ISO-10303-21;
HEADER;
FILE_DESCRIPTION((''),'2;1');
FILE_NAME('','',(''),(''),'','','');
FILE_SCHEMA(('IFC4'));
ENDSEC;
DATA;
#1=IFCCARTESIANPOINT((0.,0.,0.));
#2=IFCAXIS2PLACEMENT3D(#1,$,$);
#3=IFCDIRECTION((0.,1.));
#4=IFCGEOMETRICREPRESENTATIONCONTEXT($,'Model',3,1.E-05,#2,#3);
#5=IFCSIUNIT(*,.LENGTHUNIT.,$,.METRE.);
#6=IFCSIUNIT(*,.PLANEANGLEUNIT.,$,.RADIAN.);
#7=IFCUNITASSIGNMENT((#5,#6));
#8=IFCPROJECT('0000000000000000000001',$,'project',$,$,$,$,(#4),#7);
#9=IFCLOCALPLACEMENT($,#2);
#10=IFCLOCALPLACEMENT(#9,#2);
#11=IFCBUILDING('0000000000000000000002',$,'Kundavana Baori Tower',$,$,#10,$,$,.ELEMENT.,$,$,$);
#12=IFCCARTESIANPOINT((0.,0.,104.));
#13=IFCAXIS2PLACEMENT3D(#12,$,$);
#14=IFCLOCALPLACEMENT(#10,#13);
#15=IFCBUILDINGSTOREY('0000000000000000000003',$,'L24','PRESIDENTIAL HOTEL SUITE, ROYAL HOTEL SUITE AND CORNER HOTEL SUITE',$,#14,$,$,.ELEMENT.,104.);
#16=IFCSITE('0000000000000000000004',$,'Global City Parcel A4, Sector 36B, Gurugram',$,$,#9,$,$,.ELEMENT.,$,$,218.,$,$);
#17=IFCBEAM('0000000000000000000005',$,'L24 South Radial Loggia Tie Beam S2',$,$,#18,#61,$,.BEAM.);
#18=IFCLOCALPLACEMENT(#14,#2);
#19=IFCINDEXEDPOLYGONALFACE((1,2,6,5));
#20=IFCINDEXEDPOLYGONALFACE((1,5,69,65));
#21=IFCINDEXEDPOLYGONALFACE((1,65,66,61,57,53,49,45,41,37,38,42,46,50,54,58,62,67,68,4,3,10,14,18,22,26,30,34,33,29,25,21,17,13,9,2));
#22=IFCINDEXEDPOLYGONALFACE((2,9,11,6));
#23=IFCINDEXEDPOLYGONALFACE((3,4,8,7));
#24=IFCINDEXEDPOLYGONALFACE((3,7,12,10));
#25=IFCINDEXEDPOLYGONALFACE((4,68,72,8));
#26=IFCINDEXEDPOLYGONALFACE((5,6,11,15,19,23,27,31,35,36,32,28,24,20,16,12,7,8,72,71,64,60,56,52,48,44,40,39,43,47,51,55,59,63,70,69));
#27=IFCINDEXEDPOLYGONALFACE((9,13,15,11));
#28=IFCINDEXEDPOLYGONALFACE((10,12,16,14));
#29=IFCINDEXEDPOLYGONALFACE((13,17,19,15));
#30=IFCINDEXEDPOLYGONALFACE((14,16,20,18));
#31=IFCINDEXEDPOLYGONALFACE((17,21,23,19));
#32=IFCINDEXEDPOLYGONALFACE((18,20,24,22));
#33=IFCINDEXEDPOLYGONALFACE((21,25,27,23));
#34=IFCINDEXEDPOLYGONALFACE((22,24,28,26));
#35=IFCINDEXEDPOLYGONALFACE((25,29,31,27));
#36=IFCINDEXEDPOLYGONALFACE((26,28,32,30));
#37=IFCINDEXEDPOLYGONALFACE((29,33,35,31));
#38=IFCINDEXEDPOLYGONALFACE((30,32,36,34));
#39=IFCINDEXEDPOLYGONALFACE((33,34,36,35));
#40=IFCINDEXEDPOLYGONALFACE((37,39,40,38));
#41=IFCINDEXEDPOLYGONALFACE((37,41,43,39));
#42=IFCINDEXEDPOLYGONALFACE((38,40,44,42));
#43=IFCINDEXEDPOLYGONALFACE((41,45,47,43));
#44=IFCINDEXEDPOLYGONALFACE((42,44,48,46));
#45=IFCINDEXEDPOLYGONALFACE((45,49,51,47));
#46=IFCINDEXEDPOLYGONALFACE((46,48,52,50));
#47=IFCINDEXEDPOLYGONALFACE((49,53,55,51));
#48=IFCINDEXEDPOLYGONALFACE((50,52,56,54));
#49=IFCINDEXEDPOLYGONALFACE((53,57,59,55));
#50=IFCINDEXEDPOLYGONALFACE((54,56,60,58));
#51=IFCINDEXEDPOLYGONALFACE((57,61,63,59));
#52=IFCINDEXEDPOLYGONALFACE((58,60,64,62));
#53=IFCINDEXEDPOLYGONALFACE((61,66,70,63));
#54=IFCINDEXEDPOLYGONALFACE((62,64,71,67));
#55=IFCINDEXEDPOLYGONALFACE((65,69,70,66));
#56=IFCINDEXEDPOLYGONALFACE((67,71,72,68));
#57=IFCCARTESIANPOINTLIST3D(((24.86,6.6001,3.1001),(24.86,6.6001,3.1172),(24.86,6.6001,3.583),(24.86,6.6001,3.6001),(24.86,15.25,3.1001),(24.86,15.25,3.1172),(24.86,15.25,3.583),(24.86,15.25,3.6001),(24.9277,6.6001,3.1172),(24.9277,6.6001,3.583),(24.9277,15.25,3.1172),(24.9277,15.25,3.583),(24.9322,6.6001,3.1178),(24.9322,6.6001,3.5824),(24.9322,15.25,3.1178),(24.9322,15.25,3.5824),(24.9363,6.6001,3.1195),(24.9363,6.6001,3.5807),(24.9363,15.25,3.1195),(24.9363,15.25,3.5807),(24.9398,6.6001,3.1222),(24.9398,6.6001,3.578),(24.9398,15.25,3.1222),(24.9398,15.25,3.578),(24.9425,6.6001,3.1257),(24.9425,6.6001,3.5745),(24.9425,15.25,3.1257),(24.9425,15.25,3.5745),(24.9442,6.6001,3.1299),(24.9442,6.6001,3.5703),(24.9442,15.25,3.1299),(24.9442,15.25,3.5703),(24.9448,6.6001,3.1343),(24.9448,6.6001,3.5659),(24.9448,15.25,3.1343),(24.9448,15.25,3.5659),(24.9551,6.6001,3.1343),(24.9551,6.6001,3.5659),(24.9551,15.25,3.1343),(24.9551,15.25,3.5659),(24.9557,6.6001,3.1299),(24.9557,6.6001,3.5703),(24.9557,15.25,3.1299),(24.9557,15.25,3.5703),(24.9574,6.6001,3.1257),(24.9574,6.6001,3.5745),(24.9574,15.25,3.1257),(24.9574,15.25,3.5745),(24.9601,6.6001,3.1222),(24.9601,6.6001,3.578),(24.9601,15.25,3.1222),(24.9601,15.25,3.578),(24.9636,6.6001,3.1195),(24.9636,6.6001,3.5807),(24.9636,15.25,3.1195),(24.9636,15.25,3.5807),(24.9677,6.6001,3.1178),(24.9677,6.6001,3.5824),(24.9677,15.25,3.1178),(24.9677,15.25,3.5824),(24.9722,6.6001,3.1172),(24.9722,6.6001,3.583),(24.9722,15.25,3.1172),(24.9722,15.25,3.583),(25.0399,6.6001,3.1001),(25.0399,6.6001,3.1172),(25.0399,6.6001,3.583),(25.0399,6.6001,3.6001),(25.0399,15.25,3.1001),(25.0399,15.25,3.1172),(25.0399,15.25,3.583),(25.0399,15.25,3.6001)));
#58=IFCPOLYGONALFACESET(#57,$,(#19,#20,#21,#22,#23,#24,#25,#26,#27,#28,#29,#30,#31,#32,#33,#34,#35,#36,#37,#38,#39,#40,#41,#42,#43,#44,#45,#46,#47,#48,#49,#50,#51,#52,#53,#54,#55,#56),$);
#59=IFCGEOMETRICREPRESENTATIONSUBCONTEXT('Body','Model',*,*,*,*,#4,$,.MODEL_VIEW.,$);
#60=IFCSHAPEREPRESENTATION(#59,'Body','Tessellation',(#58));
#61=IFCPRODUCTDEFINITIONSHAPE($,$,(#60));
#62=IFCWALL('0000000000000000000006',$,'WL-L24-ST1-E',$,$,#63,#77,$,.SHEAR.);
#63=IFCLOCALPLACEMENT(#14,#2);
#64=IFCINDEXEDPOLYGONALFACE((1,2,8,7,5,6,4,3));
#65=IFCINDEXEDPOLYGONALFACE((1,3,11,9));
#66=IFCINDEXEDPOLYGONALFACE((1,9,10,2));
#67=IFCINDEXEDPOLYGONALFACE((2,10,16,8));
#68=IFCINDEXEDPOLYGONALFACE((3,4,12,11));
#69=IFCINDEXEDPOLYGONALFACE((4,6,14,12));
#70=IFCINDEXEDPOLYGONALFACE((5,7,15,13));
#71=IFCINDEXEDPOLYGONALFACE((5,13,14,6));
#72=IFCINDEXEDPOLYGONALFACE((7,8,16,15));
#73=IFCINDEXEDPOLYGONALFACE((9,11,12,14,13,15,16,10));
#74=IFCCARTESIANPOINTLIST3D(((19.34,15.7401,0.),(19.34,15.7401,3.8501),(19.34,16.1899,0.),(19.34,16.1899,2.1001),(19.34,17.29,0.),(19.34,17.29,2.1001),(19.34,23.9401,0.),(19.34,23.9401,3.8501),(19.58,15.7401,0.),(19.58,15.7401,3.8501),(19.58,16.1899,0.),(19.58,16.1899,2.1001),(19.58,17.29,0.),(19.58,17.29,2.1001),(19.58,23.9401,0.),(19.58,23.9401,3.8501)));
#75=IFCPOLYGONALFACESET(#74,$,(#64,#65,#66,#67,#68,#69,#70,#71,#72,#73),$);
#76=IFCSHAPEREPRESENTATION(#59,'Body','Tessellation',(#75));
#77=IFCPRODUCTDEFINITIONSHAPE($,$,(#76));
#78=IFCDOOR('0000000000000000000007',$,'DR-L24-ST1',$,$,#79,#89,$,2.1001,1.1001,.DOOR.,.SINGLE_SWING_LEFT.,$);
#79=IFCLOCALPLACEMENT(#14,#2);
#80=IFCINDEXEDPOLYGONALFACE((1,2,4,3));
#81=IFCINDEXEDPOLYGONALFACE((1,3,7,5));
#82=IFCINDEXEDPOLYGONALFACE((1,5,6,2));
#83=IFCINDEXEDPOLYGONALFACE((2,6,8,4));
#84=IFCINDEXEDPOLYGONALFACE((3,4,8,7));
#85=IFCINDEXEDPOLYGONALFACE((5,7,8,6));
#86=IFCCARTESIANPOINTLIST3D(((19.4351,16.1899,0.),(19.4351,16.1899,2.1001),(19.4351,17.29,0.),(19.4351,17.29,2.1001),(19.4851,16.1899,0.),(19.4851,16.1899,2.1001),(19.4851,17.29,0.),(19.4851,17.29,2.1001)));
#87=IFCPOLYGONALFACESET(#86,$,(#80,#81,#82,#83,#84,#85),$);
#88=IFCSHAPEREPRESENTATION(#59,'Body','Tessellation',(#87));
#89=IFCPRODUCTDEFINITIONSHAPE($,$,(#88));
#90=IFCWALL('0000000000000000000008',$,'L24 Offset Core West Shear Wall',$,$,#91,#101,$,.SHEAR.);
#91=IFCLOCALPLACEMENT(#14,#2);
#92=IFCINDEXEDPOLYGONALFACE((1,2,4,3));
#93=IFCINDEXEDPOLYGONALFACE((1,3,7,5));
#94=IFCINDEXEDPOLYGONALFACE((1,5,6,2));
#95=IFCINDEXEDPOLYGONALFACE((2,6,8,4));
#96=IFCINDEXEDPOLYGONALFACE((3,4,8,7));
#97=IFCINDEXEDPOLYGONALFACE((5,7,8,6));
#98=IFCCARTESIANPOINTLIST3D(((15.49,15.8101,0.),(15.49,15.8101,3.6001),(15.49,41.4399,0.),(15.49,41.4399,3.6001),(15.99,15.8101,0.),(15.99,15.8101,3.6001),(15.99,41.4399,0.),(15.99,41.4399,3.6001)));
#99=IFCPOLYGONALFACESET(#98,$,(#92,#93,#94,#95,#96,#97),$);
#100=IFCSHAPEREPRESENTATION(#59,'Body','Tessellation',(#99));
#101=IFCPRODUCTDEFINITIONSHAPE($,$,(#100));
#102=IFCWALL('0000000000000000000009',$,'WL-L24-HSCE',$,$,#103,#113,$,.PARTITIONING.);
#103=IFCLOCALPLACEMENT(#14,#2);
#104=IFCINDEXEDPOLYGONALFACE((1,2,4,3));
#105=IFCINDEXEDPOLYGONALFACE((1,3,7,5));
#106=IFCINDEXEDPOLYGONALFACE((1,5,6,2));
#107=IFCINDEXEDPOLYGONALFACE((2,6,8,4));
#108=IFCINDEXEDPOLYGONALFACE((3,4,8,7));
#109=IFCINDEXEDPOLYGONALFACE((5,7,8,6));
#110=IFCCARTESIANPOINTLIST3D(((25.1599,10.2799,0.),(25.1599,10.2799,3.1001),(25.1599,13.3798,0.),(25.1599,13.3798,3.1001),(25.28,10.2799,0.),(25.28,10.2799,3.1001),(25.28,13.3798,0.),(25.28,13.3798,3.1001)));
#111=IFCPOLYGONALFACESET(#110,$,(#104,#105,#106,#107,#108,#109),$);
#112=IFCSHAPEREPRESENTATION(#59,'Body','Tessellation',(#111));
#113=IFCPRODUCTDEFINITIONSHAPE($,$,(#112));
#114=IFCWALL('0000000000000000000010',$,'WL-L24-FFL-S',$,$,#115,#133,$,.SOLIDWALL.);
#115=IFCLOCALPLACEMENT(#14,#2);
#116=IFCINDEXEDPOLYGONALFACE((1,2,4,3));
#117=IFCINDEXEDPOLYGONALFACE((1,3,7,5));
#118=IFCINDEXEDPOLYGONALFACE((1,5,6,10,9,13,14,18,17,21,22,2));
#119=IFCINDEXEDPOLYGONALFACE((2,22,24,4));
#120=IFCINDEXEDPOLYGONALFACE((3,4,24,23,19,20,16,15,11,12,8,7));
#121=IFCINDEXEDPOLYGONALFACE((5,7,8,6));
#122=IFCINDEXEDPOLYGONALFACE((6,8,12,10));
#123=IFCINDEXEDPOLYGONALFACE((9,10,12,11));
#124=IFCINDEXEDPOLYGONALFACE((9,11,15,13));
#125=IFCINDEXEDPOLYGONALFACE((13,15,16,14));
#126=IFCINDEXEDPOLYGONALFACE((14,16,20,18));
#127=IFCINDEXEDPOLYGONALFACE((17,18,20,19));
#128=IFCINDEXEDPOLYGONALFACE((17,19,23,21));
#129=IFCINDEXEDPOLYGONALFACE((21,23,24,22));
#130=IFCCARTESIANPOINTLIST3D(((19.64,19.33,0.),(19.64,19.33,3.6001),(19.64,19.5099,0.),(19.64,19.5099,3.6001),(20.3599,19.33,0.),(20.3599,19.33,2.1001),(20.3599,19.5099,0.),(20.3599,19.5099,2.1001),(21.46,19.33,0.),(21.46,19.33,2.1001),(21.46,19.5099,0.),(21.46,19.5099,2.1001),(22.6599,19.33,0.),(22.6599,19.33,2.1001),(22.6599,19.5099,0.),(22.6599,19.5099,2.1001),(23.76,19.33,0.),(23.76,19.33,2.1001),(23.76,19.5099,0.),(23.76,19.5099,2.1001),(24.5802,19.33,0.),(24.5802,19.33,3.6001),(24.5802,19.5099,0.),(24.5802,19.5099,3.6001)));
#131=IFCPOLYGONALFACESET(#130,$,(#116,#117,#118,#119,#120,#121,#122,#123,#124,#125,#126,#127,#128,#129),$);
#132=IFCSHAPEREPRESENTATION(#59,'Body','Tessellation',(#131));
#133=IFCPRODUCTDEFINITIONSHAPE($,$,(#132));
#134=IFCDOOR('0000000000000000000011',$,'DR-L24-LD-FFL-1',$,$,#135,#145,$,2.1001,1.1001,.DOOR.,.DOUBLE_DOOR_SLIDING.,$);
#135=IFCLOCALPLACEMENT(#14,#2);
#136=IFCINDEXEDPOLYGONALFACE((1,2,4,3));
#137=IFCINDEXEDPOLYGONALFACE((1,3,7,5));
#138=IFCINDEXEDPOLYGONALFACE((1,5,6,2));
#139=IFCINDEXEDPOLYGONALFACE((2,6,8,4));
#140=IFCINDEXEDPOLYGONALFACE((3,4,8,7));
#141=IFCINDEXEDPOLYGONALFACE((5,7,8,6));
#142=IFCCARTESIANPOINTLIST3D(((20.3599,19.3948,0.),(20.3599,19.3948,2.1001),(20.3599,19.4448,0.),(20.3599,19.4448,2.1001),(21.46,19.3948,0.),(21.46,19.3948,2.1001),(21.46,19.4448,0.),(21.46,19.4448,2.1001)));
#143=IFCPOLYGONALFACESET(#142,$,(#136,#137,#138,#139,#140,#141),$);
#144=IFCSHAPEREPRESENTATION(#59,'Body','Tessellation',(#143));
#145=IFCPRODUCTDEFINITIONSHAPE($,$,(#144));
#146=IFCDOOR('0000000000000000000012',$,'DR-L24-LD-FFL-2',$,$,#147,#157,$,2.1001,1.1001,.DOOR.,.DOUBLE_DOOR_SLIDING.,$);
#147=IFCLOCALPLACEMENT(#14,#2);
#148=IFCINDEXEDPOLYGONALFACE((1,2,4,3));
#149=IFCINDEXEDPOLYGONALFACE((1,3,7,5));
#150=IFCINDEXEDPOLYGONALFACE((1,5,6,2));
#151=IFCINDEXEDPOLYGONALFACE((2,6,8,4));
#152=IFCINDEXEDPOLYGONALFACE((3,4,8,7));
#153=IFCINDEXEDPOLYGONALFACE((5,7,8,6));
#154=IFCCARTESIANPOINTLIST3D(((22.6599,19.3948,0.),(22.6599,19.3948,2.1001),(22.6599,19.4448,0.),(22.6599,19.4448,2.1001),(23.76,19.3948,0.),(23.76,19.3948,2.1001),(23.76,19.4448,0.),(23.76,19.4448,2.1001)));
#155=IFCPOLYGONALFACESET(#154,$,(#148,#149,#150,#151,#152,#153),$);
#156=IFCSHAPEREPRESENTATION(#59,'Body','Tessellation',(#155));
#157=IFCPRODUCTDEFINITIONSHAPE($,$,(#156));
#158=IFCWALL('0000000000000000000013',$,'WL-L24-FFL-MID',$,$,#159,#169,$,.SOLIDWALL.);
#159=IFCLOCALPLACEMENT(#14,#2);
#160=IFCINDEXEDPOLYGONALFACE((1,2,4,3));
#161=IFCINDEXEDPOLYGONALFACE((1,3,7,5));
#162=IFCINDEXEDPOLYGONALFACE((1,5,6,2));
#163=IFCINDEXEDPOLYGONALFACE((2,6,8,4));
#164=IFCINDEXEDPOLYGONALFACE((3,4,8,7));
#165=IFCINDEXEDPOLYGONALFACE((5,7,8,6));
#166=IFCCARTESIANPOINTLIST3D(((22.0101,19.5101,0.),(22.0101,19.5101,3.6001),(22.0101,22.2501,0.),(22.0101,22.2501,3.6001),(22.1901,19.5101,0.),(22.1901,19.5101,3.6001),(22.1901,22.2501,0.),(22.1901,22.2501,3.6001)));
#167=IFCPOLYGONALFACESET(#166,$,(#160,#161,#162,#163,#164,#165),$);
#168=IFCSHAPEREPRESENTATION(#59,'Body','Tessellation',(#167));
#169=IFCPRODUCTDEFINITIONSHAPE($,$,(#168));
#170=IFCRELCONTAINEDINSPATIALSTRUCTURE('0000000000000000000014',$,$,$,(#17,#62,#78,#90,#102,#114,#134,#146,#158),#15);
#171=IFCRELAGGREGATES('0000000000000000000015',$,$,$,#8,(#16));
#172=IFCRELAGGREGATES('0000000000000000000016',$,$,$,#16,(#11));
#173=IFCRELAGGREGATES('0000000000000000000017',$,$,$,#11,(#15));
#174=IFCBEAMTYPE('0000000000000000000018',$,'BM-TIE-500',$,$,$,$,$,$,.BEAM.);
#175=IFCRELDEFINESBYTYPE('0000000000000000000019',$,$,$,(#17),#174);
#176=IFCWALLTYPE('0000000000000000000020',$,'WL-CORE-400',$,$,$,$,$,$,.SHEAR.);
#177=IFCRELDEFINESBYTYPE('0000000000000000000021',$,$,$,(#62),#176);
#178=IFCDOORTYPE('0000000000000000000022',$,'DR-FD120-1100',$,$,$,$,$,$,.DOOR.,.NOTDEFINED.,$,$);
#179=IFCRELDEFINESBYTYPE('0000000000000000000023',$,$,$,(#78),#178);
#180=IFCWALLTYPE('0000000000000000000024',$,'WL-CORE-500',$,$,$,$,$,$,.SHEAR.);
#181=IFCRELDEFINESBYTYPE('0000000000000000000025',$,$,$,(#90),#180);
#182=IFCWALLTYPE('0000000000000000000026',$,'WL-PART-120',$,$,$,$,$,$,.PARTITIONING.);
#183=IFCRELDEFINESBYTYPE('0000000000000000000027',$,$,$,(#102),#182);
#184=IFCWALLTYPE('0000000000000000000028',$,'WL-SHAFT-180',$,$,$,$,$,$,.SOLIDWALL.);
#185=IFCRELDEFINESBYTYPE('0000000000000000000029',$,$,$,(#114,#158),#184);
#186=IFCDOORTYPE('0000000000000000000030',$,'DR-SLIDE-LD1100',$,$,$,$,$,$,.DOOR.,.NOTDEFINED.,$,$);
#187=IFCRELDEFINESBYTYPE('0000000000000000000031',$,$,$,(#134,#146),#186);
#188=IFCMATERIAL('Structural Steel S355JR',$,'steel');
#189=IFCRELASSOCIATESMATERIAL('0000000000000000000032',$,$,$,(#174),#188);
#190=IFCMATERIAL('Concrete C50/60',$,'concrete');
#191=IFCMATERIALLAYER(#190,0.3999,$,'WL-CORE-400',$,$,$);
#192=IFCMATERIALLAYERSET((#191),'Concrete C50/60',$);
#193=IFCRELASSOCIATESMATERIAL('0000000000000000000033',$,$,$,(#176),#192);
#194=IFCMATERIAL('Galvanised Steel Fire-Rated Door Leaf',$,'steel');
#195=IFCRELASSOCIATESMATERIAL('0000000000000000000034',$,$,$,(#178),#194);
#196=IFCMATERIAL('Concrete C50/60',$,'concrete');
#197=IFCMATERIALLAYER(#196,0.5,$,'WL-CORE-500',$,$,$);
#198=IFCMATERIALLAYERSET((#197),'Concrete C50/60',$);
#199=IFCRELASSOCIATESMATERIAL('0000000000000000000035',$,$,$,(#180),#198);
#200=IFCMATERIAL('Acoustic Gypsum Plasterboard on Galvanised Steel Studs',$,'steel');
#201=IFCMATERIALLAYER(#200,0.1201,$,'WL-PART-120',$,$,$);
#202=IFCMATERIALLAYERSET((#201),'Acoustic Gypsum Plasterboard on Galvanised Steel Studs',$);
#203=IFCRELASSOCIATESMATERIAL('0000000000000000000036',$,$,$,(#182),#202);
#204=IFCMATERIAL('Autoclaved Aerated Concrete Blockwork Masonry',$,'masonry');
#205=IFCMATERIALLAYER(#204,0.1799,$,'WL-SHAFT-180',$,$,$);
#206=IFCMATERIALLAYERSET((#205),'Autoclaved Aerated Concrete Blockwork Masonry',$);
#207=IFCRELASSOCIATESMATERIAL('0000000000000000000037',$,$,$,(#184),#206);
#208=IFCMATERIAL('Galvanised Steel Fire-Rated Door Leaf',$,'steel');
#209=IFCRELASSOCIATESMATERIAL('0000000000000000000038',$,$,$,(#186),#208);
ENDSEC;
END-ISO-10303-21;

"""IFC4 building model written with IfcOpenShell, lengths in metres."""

from ifc_helpers import new_model, si_unit, direction, frame, frame_2d, origin, origin_2d, place, context, subcontext, project, spatial, rectangle, i_section, extrude, material, layer, layer_set, material_profile, profile_set, type_object, element, fill, save


model = new_model("IFC4")

# Units and contexts
model_context = context("Model", 3, precision=1e-05, world=origin(), true_north=direction((0.0, 1.0)))
body_context = subcontext(model_context, "Body", "Model", "MODEL_VIEW")
ifc_project = project(units=[si_unit("LENGTHUNIT", "METRE"), si_unit("PLANEANGLEUNIT", "RADIAN")], contexts=[model_context])

# Site, building, storey
site_placement = place(None, origin())
site = spatial("IfcSite", under=ifc_project, at=site_placement, Name="Global City Parcel A4, Sector 36B, Gurugram", CompositionType="ELEMENT", RefElevation=218.0)
building_placement = place(site_placement, origin())
building = spatial("IfcBuilding", under=site, at=building_placement, Name="Kundavana Baori Tower", CompositionType="ELEMENT")
storey_placement = place(building_placement, frame((0.0, 0.0, 104.0)))
storey = spatial("IfcBuildingStorey", under=building, at=storey_placement, Name="L24", Description="PRESIDENTIAL HOTEL SUITE, ROYAL HOTEL SUITE AND CORNER HOTEL SUITE", CompositionType="ELEMENT", Elevation=104.0)

# Beam
ifc_material_1 = material(Name="Structural Steel S355JR", Category="steel")
ifc_material_profile_1 = material_profile(ifc_material_1, i_section(OverallWidth=0.1799, OverallDepth=0.5, WebThickness=0.0103, FlangeThickness=0.0171, FilletRadius=0.0171, at=origin_2d()), Name="ISMB 500")
ifc_profile_set_1 = profile_set([ifc_material_profile_1], Name="Structural Steel S355JR")
beam_type_1 = type_object("IfcBeamType", Name="BM-TIE-500", PredefinedType="BEAM", material=ifc_profile_set_1)
beam_1_placement = place(storey_placement, frame((24.95, 15.25, 3.3501), z_axis=(0.0, -1.0, 0.0), x_axis=(1.0, 0.0, 0.0)))
element("IfcBeam", 1, at=beam_1_placement, inside=storey, type_object=beam_type_1, Name="L24 South Radial Loggia Tie Beam S2", PredefinedType="BEAM", context=body_context, shape_type="SweptSolid", body=[
    extrude(i_section(OverallWidth=0.1799, OverallDepth=0.5, WebThickness=0.0103, FlangeThickness=0.0171, FilletRadius=0.0171, at=origin_2d()), origin(), (0.0, 0.0, 1.0), 8.6499),
])

# Wall, opening, door
ifc_material_2 = material(Name="Concrete C50/60", Category="concrete")
ifc_layer_1 = layer(ifc_material_2, 0.3999, Name="WL-CORE-400")
ifc_layer_set_1 = layer_set([ifc_layer_1], Name="Concrete C50/60")
wall_type_1 = type_object("IfcWallType", Name="WL-CORE-400", PredefinedType="SHEAR", material=ifc_layer_set_1)
wall_1_placement = place(storey_placement, frame((19.46, 15.74, 0.0), z_axis=(0.0, 0.0, 1.0), x_axis=(0.0, 1.0, 0.0)))
wall_1 = element("IfcWall", 2, at=wall_1_placement, inside=storey, type_object=wall_type_1, Name="WL-L24-ST1-E", PredefinedType="SHEAR", context=body_context, shape_type="SweptSolid", body=[
    extrude(rectangle(XDim=8.2, YDim=0.24, at=frame_2d((4.1001, 0.0))), origin(), (0.0, 0.0, 1.0), 3.8501),
])
opening_1_placement = place(wall_1_placement, frame((0.45, 0.0, 0.0)))
opening_1 = element("IfcOpeningElement", 3, at=opening_1_placement, cuts=wall_1, PredefinedType="OPENING", context=body_context, shape_type="SweptSolid", body=[
    extrude(rectangle(XDim=1.1001, YDim=2.1001, at=frame_2d((0.55, 1.05))), frame((0.0, 0.1299, 0.0), z_axis=(0.0, -1.0, 0.0), x_axis=(1.0, 0.0, 0.0)), (0.0, 0.0, 1.0), 0.26),
])
ifc_material_3 = material(Name="Galvanised Steel Fire-Rated Door Leaf", Category="steel")
door_type_1 = type_object("IfcDoorType", Name="DR-FD120-1100", OperationType="NOTDEFINED", PredefinedType="DOOR", material=ifc_material_3)
door_1_placement = place(opening_1_placement, origin())
door_1 = element("IfcDoor", 4, at=door_1_placement, inside=storey, type_object=door_type_1, Name="DR-L24-ST1", OperationType="SINGLE_SWING_LEFT", OverallHeight=2.1001, OverallWidth=1.1001, PredefinedType="DOOR", context=body_context, shape_type="SweptSolid", body=[
    extrude(rectangle(XDim=1.1001, YDim=2.1001, at=frame_2d((0.55, 1.05))), frame((0.0, 0.0249, 0.0), z_axis=(0.0, -1.0, 0.0), x_axis=(1.0, 0.0, 0.0)), (0.0, 0.0, 1.0), 0.05),
])
fill(opening_1, door_1)

# Wall
ifc_material_4 = material(Name="Concrete C50/60", Category="concrete")
ifc_layer_2 = layer(ifc_material_4, 0.5, Name="WL-CORE-500")
ifc_layer_set_2 = layer_set([ifc_layer_2], Name="Concrete C50/60")
wall_type_2 = type_object("IfcWallType", Name="WL-CORE-500", PredefinedType="SHEAR", material=ifc_layer_set_2)
wall_2_placement = place(storey_placement, frame((15.74, 15.8101, 0.0), z_axis=(0.0, 0.0, 1.0), x_axis=(0.0, 1.0, 0.0)))
element("IfcWall", 5, at=wall_2_placement, inside=storey, type_object=wall_type_2, Name="L24 Offset Core West Shear Wall", PredefinedType="SHEAR", context=body_context, shape_type="SweptSolid", body=[
    extrude(rectangle(XDim=25.6299, YDim=0.5, at=frame_2d((12.8149, 0.0))), origin(), (0.0, 0.0, 1.0), 3.6001),
])

# Wall
ifc_material_5 = material(Name="Acoustic Gypsum Plasterboard on Galvanised Steel Studs", Category="steel")
ifc_layer_3 = layer(ifc_material_5, 0.1201, Name="WL-PART-120")
ifc_layer_set_3 = layer_set([ifc_layer_3], Name="Acoustic Gypsum Plasterboard on Galvanised Steel Studs")
wall_type_3 = type_object("IfcWallType", Name="WL-PART-120", PredefinedType="PARTITIONING", material=ifc_layer_set_3)
wall_3_placement = place(storey_placement, frame((25.22, 10.28, 0.0), z_axis=(0.0, 0.0, 1.0), x_axis=(0.0, 1.0, 0.0)))
element("IfcWall", 6, at=wall_3_placement, inside=storey, type_object=wall_type_3, Name="WL-L24-HSCE", PredefinedType="PARTITIONING", context=body_context, shape_type="SweptSolid", body=[
    extrude(rectangle(XDim=3.0999, YDim=0.1201, at=frame_2d((1.5498, 0.0))), origin(), (0.0, 0.0, 1.0), 3.1001),
])

# Wall, openings, doors
ifc_material_6 = material(Name="Autoclaved Aerated Concrete Blockwork Masonry", Category="masonry")
ifc_layer_4 = layer(ifc_material_6, 0.1799, Name="WL-SHAFT-180")
ifc_layer_set_4 = layer_set([ifc_layer_4], Name="Autoclaved Aerated Concrete Blockwork Masonry")
wall_type_4 = type_object("IfcWallType", Name="WL-SHAFT-180", PredefinedType="SOLIDWALL", material=ifc_layer_set_4)
wall_4_placement = place(storey_placement, frame((19.6399, 19.4199, 0.0), z_axis=(0.0, 0.0, 1.0), x_axis=(1.0, 0.0, 0.0)))
wall_4 = element("IfcWall", 7, at=wall_4_placement, inside=storey, type_object=wall_type_4, Name="WL-L24-FFL-S", PredefinedType="SOLIDWALL", context=body_context, shape_type="SweptSolid", body=[
    extrude(rectangle(XDim=4.9402, YDim=0.1799, at=frame_2d((2.4702, 0.0))), origin(), (0.0, 0.0, 1.0), 3.6001),
])
opening_2_placement = place(wall_4_placement, frame((0.72, 0.0, 0.0)))
opening_2 = element("IfcOpeningElement", 8, at=opening_2_placement, cuts=wall_4, PredefinedType="OPENING", context=body_context, shape_type="SweptSolid", body=[
    extrude(rectangle(XDim=1.1001, YDim=2.1001, at=frame_2d((0.55, 1.05))), frame((0.0, 0.1001, 0.0), z_axis=(0.0, -1.0, 0.0), x_axis=(1.0, 0.0, 0.0)), (0.0, 0.0, 1.0), 0.2),
])
opening_3_placement = place(wall_4_placement, frame((3.02, 0.0, 0.0)))
opening_3 = element("IfcOpeningElement", 9, at=opening_3_placement, cuts=wall_4, PredefinedType="OPENING", context=body_context, shape_type="SweptSolid", body=[
    extrude(rectangle(XDim=1.1001, YDim=2.1001, at=frame_2d((0.55, 1.05))), frame((0.0, 0.1001, 0.0), z_axis=(0.0, -1.0, 0.0), x_axis=(1.0, 0.0, 0.0)), (0.0, 0.0, 1.0), 0.2),
])
ifc_material_7 = material(Name="Galvanised Steel Fire-Rated Door Leaf", Category="steel")
door_type_2 = type_object("IfcDoorType", Name="DR-SLIDE-LD1100", OperationType="NOTDEFINED", PredefinedType="DOOR", material=ifc_material_7)
door_2_placement = place(opening_2_placement, origin())
door_2 = element("IfcDoor", 10, at=door_2_placement, inside=storey, type_object=door_type_2, Name="DR-L24-LD-FFL-1", OperationType="DOUBLE_DOOR_SLIDING", OverallHeight=2.1001, OverallWidth=1.1001, PredefinedType="DOOR", context=body_context, shape_type="SweptSolid", body=[
    extrude(rectangle(XDim=1.1001, YDim=2.1001, at=frame_2d((0.55, 1.05))), frame((0.0, 0.0249, 0.0), z_axis=(0.0, -1.0, 0.0), x_axis=(1.0, 0.0, 0.0)), (0.0, 0.0, 1.0), 0.05),
])
fill(opening_2, door_2)
door_3_placement = place(opening_3_placement, origin())
door_3 = element("IfcDoor", 11, at=door_3_placement, inside=storey, type_object=door_type_2, Name="DR-L24-LD-FFL-2", OperationType="DOUBLE_DOOR_SLIDING", OverallHeight=2.1001, OverallWidth=1.1001, PredefinedType="DOOR", context=body_context, shape_type="SweptSolid", body=[
    extrude(rectangle(XDim=1.1001, YDim=2.1001, at=frame_2d((0.55, 1.05))), frame((0.0, 0.0249, 0.0), z_axis=(0.0, -1.0, 0.0), x_axis=(1.0, 0.0, 0.0)), (0.0, 0.0, 1.0), 0.05),
])
fill(opening_3, door_3)

# Wall
wall_5_placement = place(storey_placement, frame((22.1001, 19.51, 0.0), z_axis=(0.0, 0.0, 1.0), x_axis=(0.0, 1.0, 0.0)))
element("IfcWall", 12, at=wall_5_placement, inside=storey, type_object=wall_type_4, Name="WL-L24-FFL-MID", PredefinedType="SOLIDWALL", context=body_context, shape_type="SweptSolid", body=[
    extrude(rectangle(XDim=2.74, YDim=0.1799, at=frame_2d((1.3701, 0.0))), origin(), (0.0, 0.0, 1.0), 3.6001),
])

save(model, "model.ifc")
